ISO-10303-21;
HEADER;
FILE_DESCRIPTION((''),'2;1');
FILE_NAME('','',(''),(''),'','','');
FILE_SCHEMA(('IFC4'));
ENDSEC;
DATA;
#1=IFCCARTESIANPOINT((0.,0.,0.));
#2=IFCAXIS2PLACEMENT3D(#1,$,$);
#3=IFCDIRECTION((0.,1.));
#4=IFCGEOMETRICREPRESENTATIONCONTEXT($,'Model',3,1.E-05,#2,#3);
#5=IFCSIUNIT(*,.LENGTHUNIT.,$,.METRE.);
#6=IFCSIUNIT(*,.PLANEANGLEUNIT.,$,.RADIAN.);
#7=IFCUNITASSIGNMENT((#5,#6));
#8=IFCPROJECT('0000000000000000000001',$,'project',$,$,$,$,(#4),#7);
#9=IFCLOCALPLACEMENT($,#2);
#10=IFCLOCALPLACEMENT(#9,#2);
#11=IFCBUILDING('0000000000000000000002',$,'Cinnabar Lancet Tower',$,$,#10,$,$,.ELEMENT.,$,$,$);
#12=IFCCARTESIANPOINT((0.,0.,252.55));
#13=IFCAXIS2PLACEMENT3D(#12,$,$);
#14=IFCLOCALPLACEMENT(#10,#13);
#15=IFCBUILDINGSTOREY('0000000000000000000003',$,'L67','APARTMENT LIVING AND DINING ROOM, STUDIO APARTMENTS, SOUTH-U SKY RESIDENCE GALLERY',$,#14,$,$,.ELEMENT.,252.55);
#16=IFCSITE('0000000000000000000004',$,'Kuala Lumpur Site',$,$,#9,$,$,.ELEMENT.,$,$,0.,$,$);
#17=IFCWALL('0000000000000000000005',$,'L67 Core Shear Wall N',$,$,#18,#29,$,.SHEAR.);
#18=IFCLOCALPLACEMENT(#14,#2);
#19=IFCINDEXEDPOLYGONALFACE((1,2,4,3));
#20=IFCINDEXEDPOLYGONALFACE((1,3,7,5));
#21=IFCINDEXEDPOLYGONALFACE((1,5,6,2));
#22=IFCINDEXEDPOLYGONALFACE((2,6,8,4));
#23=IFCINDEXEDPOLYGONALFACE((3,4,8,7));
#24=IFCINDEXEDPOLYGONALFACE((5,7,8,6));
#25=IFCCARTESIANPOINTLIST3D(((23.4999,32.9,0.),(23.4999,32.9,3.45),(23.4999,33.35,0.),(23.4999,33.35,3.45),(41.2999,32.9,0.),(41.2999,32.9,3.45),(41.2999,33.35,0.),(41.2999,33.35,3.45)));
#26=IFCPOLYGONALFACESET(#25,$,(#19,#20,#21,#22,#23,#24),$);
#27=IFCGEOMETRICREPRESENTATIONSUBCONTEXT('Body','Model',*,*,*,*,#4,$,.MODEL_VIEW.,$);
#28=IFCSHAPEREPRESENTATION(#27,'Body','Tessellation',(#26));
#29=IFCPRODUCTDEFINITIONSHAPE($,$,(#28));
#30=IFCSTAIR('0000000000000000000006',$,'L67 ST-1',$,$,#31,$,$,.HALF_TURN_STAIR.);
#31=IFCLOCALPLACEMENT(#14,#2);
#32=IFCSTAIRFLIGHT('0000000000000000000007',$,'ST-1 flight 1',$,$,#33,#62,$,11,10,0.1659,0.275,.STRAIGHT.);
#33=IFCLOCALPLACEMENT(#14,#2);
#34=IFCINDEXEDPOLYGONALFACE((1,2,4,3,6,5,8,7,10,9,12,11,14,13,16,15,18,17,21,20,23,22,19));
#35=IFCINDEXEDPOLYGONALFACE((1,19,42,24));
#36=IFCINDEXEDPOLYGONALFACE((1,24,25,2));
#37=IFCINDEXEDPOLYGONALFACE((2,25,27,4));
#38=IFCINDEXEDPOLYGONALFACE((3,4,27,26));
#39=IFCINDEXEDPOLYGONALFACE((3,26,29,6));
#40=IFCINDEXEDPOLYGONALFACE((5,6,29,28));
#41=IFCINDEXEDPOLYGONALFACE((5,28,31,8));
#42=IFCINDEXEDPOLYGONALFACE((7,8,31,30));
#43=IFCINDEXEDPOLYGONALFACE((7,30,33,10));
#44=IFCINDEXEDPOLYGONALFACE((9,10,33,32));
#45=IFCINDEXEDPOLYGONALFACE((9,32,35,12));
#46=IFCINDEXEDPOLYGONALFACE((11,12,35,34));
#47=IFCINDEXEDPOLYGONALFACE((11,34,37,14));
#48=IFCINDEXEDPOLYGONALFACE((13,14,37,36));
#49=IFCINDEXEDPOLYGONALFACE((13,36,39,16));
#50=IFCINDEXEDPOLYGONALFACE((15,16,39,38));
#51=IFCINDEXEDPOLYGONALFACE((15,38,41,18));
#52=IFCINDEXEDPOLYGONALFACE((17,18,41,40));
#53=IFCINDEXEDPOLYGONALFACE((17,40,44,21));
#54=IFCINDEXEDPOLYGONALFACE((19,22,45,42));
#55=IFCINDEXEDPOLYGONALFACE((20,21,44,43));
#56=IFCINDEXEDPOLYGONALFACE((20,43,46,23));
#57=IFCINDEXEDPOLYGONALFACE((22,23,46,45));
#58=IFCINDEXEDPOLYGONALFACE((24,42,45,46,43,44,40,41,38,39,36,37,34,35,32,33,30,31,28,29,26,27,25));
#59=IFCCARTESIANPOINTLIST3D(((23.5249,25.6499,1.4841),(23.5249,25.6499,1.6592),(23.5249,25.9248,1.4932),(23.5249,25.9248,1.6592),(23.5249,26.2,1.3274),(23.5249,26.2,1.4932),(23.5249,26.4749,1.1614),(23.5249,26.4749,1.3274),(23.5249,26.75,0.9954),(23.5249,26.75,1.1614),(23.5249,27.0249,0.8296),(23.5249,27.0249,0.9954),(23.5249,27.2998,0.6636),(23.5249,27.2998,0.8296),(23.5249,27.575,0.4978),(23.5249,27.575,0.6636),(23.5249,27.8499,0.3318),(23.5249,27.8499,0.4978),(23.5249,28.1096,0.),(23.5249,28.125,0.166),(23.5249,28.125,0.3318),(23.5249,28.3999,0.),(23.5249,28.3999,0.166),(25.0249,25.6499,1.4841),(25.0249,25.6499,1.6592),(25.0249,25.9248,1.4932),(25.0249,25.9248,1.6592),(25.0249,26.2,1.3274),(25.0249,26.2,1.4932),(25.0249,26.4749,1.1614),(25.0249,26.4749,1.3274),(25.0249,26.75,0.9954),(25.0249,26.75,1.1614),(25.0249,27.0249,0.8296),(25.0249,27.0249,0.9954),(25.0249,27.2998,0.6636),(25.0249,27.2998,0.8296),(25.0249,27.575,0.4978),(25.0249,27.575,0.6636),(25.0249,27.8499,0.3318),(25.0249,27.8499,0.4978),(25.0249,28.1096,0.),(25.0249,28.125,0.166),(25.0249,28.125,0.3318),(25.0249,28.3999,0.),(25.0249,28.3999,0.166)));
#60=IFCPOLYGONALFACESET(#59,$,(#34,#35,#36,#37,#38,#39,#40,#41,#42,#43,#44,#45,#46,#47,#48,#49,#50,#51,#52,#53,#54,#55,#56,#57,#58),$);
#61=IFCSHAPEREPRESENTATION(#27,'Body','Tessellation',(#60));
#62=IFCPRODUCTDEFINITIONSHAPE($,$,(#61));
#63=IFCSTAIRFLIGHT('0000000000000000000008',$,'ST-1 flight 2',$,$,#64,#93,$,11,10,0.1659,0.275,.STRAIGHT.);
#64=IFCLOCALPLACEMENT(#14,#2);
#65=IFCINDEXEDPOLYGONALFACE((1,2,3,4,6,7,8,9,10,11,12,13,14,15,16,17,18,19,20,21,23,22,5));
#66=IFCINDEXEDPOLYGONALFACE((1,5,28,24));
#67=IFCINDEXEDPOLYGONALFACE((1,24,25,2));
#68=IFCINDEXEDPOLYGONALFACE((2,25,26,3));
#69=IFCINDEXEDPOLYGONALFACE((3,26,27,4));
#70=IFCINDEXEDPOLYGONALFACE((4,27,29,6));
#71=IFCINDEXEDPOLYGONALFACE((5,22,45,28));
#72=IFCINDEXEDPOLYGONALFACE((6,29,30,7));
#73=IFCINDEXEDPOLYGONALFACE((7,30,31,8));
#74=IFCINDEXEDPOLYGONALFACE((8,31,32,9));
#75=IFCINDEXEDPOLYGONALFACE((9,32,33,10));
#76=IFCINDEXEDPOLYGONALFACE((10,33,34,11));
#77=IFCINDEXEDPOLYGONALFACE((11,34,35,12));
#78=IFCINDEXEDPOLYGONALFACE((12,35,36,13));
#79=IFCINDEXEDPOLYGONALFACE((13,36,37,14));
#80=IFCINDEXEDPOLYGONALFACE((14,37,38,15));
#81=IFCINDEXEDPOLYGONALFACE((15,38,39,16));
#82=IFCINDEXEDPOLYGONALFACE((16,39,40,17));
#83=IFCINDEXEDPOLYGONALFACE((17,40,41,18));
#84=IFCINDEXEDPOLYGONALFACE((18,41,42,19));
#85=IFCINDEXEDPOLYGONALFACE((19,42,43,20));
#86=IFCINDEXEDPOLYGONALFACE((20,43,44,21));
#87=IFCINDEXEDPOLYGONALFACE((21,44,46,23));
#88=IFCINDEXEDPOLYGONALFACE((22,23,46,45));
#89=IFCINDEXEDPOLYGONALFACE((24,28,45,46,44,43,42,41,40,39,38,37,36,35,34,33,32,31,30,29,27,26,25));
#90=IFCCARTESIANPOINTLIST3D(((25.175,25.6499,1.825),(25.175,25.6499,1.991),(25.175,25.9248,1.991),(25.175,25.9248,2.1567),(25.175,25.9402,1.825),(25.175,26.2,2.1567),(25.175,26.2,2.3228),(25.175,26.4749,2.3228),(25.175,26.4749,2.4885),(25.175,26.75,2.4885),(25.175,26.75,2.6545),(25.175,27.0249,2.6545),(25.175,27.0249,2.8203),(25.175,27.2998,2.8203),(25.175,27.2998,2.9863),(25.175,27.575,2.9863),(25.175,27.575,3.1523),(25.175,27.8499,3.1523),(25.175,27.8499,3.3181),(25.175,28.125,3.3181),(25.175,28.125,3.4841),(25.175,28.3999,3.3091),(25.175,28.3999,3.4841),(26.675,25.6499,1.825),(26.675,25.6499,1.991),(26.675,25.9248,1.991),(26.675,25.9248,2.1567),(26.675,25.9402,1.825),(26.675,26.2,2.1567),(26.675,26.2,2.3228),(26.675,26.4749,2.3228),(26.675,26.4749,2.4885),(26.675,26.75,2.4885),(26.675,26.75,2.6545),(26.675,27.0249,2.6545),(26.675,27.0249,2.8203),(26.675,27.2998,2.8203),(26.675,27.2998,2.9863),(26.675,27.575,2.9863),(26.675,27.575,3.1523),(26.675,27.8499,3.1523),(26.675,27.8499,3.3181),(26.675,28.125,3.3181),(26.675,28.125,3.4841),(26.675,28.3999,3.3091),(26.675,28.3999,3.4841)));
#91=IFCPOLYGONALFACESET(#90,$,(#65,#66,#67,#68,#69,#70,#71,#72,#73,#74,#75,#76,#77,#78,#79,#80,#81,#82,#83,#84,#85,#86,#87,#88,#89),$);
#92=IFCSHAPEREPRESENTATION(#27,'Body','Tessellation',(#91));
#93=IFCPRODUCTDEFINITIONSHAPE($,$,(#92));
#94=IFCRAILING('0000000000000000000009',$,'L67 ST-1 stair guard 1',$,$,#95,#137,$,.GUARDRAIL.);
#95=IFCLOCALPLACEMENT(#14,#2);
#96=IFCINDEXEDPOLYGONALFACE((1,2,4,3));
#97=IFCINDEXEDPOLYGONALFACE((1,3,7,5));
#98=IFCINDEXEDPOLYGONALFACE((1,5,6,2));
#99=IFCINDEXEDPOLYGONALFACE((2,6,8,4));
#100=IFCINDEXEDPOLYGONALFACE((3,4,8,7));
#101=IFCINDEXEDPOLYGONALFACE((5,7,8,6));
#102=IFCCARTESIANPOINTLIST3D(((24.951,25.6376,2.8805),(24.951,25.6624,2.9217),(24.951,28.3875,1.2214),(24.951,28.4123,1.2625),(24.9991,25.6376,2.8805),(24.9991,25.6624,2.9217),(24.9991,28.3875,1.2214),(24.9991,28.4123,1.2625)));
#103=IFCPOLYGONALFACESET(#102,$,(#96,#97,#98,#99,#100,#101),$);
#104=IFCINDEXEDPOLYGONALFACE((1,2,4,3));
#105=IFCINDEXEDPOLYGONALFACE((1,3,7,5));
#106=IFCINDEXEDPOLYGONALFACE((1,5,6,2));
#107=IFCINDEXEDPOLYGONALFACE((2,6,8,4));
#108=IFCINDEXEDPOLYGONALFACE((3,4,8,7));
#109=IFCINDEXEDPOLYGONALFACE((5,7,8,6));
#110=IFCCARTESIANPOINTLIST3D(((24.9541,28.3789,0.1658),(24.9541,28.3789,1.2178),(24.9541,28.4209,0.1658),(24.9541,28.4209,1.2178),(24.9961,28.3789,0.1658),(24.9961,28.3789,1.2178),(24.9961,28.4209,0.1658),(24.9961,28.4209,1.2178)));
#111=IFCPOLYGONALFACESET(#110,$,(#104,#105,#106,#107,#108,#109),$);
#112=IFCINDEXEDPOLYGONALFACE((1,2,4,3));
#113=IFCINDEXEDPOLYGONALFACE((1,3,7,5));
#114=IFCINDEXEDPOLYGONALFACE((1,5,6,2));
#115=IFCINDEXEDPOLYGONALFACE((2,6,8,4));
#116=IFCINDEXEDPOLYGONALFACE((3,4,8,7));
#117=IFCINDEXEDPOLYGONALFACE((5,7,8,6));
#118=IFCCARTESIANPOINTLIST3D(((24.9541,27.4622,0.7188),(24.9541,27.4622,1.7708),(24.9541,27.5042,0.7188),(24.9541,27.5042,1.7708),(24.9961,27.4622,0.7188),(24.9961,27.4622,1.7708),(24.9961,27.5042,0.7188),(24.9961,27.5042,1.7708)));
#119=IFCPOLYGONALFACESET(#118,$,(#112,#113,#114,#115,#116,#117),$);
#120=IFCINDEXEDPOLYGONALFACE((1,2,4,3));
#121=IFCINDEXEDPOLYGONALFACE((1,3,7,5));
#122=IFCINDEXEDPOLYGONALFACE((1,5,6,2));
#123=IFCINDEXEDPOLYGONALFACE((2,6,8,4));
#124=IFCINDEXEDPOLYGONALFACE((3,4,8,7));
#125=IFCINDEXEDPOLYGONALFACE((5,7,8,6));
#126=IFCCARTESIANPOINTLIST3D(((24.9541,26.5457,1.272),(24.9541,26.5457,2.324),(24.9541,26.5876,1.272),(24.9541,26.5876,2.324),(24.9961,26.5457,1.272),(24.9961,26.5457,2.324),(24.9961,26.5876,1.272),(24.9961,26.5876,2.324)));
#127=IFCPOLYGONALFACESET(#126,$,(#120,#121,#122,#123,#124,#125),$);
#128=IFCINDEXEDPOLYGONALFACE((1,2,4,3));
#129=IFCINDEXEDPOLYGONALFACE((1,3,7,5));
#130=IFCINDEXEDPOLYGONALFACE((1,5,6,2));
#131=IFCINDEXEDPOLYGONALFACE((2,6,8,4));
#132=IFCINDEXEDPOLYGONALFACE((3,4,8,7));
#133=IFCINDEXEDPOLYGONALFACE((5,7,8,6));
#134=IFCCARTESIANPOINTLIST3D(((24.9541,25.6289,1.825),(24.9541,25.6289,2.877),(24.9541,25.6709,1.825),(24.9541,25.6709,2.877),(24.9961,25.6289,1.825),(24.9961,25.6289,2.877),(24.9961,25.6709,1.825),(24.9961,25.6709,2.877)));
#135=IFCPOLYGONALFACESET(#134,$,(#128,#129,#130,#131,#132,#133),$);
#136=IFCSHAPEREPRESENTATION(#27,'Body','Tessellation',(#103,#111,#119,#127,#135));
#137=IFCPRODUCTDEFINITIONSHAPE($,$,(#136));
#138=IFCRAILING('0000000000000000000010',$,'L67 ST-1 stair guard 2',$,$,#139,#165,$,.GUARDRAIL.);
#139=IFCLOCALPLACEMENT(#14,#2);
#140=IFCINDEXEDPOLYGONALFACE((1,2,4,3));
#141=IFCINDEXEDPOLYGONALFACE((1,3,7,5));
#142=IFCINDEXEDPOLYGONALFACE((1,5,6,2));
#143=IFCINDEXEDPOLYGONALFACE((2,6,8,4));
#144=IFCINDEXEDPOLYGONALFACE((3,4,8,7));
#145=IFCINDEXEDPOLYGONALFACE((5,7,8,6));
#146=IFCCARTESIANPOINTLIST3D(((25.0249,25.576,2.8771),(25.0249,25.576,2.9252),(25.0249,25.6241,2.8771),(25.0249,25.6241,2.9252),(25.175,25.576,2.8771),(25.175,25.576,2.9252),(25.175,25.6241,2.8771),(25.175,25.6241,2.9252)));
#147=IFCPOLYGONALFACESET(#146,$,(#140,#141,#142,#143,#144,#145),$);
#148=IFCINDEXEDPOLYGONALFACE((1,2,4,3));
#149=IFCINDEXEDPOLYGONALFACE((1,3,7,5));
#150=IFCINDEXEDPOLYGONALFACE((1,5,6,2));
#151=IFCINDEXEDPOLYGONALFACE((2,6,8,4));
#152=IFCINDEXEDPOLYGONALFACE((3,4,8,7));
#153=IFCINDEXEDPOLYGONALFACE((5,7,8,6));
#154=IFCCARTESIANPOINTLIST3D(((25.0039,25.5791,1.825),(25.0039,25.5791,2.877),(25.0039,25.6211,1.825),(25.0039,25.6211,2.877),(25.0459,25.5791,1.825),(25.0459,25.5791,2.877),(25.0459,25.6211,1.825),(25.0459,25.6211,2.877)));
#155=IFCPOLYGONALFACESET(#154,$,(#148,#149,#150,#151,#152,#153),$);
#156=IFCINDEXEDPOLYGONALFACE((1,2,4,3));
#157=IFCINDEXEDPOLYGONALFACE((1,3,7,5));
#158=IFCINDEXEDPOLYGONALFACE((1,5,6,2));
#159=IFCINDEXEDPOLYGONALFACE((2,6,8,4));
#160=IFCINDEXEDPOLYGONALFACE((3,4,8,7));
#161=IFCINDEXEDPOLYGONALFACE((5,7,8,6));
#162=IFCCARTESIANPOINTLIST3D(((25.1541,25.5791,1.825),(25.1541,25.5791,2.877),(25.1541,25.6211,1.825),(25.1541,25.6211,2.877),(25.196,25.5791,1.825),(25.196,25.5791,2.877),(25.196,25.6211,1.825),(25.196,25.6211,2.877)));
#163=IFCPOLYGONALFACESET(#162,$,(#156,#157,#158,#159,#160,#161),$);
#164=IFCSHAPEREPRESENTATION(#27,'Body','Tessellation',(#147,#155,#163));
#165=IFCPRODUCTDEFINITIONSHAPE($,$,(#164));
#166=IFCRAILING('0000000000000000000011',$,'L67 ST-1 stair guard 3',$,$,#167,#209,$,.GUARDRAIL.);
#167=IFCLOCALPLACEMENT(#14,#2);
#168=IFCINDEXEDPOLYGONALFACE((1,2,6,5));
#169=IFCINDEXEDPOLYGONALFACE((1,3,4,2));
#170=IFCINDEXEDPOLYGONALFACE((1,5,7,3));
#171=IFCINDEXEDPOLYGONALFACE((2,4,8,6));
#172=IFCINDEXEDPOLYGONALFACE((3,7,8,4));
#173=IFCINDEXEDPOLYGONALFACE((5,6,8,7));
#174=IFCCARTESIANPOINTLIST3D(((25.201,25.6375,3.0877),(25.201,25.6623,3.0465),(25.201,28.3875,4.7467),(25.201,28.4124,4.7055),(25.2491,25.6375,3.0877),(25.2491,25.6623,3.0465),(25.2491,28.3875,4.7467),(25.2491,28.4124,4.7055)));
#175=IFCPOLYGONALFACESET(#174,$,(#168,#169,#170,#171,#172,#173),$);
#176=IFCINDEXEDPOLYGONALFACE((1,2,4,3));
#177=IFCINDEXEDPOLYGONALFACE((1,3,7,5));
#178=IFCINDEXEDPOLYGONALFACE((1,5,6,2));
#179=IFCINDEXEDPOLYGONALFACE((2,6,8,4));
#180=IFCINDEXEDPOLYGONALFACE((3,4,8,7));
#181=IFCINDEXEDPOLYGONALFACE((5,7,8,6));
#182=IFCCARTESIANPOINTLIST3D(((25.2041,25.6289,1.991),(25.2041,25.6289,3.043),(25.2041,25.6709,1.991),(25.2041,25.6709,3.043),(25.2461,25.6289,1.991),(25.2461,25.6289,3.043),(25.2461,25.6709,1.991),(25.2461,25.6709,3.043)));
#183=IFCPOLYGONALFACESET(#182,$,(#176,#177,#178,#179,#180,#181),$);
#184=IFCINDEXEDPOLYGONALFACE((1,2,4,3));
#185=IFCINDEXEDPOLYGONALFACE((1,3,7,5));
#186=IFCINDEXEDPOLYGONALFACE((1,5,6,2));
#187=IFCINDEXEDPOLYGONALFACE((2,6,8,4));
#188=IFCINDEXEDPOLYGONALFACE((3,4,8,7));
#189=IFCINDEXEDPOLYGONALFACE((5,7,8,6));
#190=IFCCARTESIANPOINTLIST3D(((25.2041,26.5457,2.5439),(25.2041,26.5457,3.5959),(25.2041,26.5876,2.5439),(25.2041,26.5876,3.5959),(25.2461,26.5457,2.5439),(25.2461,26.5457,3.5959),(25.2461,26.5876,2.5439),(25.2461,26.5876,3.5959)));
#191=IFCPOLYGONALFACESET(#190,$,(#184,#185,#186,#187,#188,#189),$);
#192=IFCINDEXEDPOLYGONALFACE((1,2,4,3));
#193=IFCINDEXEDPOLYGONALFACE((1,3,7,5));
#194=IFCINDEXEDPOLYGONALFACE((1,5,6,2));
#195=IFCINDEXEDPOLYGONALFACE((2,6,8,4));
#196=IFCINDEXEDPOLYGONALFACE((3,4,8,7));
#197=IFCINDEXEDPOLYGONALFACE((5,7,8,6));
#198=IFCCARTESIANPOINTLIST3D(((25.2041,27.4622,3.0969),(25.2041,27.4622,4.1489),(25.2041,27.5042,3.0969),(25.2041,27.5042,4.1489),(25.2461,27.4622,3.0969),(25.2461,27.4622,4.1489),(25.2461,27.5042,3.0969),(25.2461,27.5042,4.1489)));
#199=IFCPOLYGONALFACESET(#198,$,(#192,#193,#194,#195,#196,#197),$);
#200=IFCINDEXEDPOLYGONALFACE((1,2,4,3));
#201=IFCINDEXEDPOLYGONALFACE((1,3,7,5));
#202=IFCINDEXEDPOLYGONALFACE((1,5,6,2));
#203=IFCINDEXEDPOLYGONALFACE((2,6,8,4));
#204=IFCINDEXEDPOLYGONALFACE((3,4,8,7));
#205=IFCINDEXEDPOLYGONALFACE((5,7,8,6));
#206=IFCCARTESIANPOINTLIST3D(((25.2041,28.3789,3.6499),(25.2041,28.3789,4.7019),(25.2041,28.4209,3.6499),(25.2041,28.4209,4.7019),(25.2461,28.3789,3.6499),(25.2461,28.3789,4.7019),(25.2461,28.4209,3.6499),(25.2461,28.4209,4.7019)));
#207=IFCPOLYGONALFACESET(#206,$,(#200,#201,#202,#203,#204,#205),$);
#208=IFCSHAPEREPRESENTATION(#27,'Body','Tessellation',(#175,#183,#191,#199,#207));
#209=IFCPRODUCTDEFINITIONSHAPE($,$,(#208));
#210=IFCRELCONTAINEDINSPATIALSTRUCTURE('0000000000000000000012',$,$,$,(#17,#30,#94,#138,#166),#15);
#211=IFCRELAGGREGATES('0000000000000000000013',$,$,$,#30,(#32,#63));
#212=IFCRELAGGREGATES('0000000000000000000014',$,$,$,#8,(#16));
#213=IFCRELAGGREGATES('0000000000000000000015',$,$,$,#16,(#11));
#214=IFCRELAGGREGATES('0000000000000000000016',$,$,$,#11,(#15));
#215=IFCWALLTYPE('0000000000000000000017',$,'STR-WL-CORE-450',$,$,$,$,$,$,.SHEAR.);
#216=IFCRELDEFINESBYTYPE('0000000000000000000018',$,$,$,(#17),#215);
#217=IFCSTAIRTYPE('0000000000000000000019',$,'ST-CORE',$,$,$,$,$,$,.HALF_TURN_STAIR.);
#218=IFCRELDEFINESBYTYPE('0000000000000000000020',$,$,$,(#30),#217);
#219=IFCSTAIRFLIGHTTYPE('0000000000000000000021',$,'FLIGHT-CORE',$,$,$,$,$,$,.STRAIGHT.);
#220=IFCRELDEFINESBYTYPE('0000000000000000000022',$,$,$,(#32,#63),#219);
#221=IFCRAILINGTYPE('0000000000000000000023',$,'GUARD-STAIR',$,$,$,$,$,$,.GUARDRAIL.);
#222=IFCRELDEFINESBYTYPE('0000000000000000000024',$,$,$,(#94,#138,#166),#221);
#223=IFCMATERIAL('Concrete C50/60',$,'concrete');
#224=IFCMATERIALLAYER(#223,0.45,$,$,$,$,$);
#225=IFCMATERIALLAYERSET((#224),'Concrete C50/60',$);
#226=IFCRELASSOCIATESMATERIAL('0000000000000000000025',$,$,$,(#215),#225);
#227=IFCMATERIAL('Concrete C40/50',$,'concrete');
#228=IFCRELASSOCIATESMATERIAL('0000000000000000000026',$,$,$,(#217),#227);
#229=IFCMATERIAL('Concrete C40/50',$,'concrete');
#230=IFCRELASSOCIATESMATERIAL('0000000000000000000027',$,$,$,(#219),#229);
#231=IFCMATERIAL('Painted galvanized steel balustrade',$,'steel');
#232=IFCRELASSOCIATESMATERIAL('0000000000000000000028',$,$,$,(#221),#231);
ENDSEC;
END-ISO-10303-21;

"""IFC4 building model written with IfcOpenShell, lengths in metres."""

from ifc_helpers import new_model, si_unit, direction, frame, frame_2d, origin, origin_2d, place, context, subcontext, project, spatial, polyline, rectangle, outline, extrude, material, layer, layer_set, type_object, element, aggregate, save


model = new_model("IFC4")

# Units and contexts
model_context = context("Model", 3, precision=1e-05, world=origin(), true_north=direction((0.0, 1.0)))
body_context = subcontext(model_context, "Body", "Model", "MODEL_VIEW")
ifc_project = project(units=[si_unit("LENGTHUNIT", "METRE"), si_unit("PLANEANGLEUNIT", "RADIAN")], contexts=[model_context])

# Site, building, storey
site_placement = place(None, origin())
site = spatial("IfcSite", under=ifc_project, at=site_placement, Name="Kuala Lumpur Site", CompositionType="ELEMENT", RefElevation=0.0)
building_placement = place(site_placement, origin())
building = spatial("IfcBuilding", under=site, at=building_placement, Name="Cinnabar Lancet Tower", CompositionType="ELEMENT")
storey_placement = place(building_placement, frame((0.0, 0.0, 252.55)))
storey = spatial("IfcBuildingStorey", under=building, at=storey_placement, Name="L67", Description="APARTMENT LIVING AND DINING ROOM, STUDIO APARTMENTS, SOUTH-U SKY RESIDENCE GALLERY", CompositionType="ELEMENT", Elevation=252.55)

# Wall
ifc_material_1 = material(Name="Concrete C50/60", Category="concrete")
ifc_layer_1 = layer(ifc_material_1, 0.45)
ifc_layer_set_1 = layer_set([ifc_layer_1], Name="Concrete C50/60")
wall_type_1 = type_object("IfcWallType", Name="STR-WL-CORE-450", PredefinedType="SHEAR", material=ifc_layer_set_1)
wall_1_placement = place(storey_placement, frame((23.5, 33.125, 0.0), z_axis=(0.0, 0.0, 1.0), x_axis=(1.0, 0.0, 0.0)))
element("IfcWall", 1, at=wall_1_placement, inside=storey, type_object=wall_type_1, Name="L67 Core Shear Wall N", PredefinedType="SHEAR", context=body_context, shape_type="SweptSolid", body=[
    extrude(rectangle(XDim=17.8, YDim=0.45, at=frame_2d((8.8999, 0.0))), origin(), (0.0, 0.0, 1.0), 3.45),
])

# Stair, stair flights
ifc_material_2 = material(Name="Concrete C40/50", Category="concrete")
stair_type = type_object("IfcStairType", Name="ST-CORE", PredefinedType="HALF_TURN_STAIR", material=ifc_material_2)
stair_placement = place(storey_placement, origin())
stair = element("IfcStair", 2, at=stair_placement, inside=storey, type_object=stair_type, Name="L67 ST-1", PredefinedType="HALF_TURN_STAIR")
ifc_material_3 = material(Name="Concrete C40/50", Category="concrete")
stair_flight_type = type_object("IfcStairFlightType", Name="FLIGHT-CORE", PredefinedType="STRAIGHT", material=ifc_material_3)
stair_flight_1_placement = place(storey_placement, frame((24.2749, 28.3999, 0.0), z_axis=(0.0, 0.0, 1.0), x_axis=(0.0, -1.0, 0.0)))
stair_flight_1 = element("IfcStairFlight", 3, at=stair_flight_1_placement, type_object=stair_flight_type, Name="ST-1 flight 1", NumberOfRisers=11, NumberOfTreads=10, PredefinedType="STRAIGHT", RiserHeight=0.1659, TreadLength=0.275, context=body_context, shape_type="SweptSolid", body=[
    extrude(outline(polyline([(0.0, 0.0), (0.0, 0.166), (0.2749, 0.166), (0.2749, 0.3318), (0.55, 0.3318), (0.55, 0.4978), (0.825, 0.4978), (0.825, 0.6636), (1.1001, 0.6636), (1.1001, 0.8296), (1.375, 0.8296), (1.375, 0.9954), (1.6499, 0.9954), (1.6499, 1.1614), (1.925, 1.1614), (1.925, 1.3274), (2.2, 1.3274), (2.2, 1.4932), (2.4751, 1.4932), (2.4751, 1.6592), (2.75, 1.6592), (2.75, 1.825), (2.75, 1.4841), (0.2903, 0.0), (0.0, 0.0)])), frame((0.0, 0.75, 0.0), z_axis=(0.0, -1.0, 0.0), x_axis=(1.0, 0.0, 0.0)), (0.0, 0.0, 1.0), 1.5),
])
stair_flight_2_placement = place(storey_placement, frame((25.925, 25.6499, 1.825), z_axis=(0.0, 0.0, 1.0), x_axis=(0.0, 1.0, 0.0)))
stair_flight_2 = element("IfcStairFlight", 4, at=stair_flight_2_placement, type_object=stair_flight_type, Name="ST-1 flight 2", NumberOfRisers=11, NumberOfTreads=10, PredefinedType="STRAIGHT", RiserHeight=0.1659, TreadLength=0.275, context=body_context, shape_type="SweptSolid", body=[
    extrude(outline(polyline([(0.0, 0.0), (0.0, 0.166), (0.2749, 0.166), (0.2749, 0.3318), (0.55, 0.3318), (0.55, 0.4978), (0.825, 0.4978), (0.825, 0.6636), (1.1001, 0.6636), (1.1001, 0.8296), (1.375, 0.8296), (1.375, 0.9954), (1.6499, 0.9954), (1.6499, 1.1614), (1.925, 1.1614), (1.925, 1.3274), (2.2, 1.3274), (2.2, 1.4932), (2.4751, 1.4932), (2.4751, 1.6592), (2.75, 1.6592), (2.75, 1.825), (2.75, 1.4841), (0.2903, 0.0), (0.0, 0.0)])), frame((0.0, 0.75, 0.0), z_axis=(0.0, -1.0, 0.0), x_axis=(1.0, 0.0, 0.0)), (0.0, 0.0, 1.0), 1.5),
])
aggregate(stair, [stair_flight_1, stair_flight_2])

# Railings
ifc_material_4 = material(Name="Painted galvanized steel balustrade", Category="steel")
railing_type_1 = type_object("IfcRailingType", Name="GUARD-STAIR", PredefinedType="GUARDRAIL", material=ifc_material_4)
railing_1_placement = place(storey_placement, frame((24.9751, 28.3999, 0.1658)))
element("IfcRailing", 5, at=railing_1_placement, inside=storey, type_object=railing_type_1, Name="L67 ST-1 stair guard 1", PredefinedType="GUARDRAIL", context=body_context, shape_type="SweptSolid", body=[
    extrude(rectangle(XDim=0.0481, YDim=0.0481, at=origin_2d()), frame((0.0, 0.0, 1.0762), z_axis=(0.0, -0.856229, 0.516596), x_axis=(1.0, 0.0, 0.0)), (0.0, 0.0, 1.0), 3.2117),
    extrude(rectangle(XDim=0.042, YDim=0.042, at=origin_2d()), origin(), (0.0, 0.0, 1.0), 1.052),
    extrude(rectangle(XDim=0.042, YDim=0.042, at=origin_2d()), frame((0.0, -0.9167, 0.553)), (0.0, 0.0, 1.0), 1.052),
    extrude(rectangle(XDim=0.042, YDim=0.042, at=origin_2d()), frame((0.0, -1.8333, 1.1062)), (0.0, 0.0, 1.0), 1.052),
    extrude(rectangle(XDim=0.042, YDim=0.042, at=origin_2d()), frame((0.0, -2.75, 1.6592)), (0.0, 0.0, 1.0), 1.052),
])
railing_2_placement = place(storey_placement, frame((25.0249, 25.6001, 1.825)))
element("IfcRailing", 6, at=railing_2_placement, inside=storey, type_object=railing_type_1, Name="L67 ST-1 stair guard 2", PredefinedType="GUARDRAIL", context=body_context, shape_type="SweptSolid", body=[
    extrude(rectangle(XDim=0.0481, YDim=0.0481, at=origin_2d()), frame((0.0, 0.0, 1.0762), z_axis=(1.0, 0.0, 0.0), x_axis=(0.0, 1.0, 0.0)), (0.0, 0.0, 1.0), 0.1501),
    extrude(rectangle(XDim=0.042, YDim=0.042, at=origin_2d()), origin(), (0.0, 0.0, 1.0), 1.052),
    extrude(rectangle(XDim=0.042, YDim=0.042, at=origin_2d()), frame((0.1501, 0.0, 0.0)), (0.0, 0.0, 1.0), 1.052),
])
railing_3_placement = place(storey_placement, frame((25.2251, 25.6499, 1.991)))
element("IfcRailing", 7, at=railing_3_placement, inside=storey, type_object=railing_type_1, Name="L67 ST-1 stair guard 3", PredefinedType="GUARDRAIL", context=body_context, shape_type="SweptSolid", body=[
    extrude(rectangle(XDim=0.0481, YDim=0.0481, at=origin_2d()), frame((0.0, 0.0, 1.0762), z_axis=(0.0, 0.856263, 0.51654), x_axis=(-1.0, 0.0, 0.0)), (0.0, 0.0, 1.0), 3.2117),
    extrude(rectangle(XDim=0.042, YDim=0.042, at=origin_2d()), origin(), (0.0, 0.0, 1.0), 1.052),
    extrude(rectangle(XDim=0.042, YDim=0.042, at=origin_2d()), frame((0.0, 0.9167, 0.553)), (0.0, 0.0, 1.0), 1.052),
    extrude(rectangle(XDim=0.042, YDim=0.042, at=origin_2d()), frame((0.0, 1.8333, 1.106)), (0.0, 0.0, 1.0), 1.052),
    extrude(rectangle(XDim=0.042, YDim=0.042, at=origin_2d()), frame((0.0, 2.75, 1.6589)), (0.0, 0.0, 1.0), 1.052),
])

save(model, "model.ifc")
